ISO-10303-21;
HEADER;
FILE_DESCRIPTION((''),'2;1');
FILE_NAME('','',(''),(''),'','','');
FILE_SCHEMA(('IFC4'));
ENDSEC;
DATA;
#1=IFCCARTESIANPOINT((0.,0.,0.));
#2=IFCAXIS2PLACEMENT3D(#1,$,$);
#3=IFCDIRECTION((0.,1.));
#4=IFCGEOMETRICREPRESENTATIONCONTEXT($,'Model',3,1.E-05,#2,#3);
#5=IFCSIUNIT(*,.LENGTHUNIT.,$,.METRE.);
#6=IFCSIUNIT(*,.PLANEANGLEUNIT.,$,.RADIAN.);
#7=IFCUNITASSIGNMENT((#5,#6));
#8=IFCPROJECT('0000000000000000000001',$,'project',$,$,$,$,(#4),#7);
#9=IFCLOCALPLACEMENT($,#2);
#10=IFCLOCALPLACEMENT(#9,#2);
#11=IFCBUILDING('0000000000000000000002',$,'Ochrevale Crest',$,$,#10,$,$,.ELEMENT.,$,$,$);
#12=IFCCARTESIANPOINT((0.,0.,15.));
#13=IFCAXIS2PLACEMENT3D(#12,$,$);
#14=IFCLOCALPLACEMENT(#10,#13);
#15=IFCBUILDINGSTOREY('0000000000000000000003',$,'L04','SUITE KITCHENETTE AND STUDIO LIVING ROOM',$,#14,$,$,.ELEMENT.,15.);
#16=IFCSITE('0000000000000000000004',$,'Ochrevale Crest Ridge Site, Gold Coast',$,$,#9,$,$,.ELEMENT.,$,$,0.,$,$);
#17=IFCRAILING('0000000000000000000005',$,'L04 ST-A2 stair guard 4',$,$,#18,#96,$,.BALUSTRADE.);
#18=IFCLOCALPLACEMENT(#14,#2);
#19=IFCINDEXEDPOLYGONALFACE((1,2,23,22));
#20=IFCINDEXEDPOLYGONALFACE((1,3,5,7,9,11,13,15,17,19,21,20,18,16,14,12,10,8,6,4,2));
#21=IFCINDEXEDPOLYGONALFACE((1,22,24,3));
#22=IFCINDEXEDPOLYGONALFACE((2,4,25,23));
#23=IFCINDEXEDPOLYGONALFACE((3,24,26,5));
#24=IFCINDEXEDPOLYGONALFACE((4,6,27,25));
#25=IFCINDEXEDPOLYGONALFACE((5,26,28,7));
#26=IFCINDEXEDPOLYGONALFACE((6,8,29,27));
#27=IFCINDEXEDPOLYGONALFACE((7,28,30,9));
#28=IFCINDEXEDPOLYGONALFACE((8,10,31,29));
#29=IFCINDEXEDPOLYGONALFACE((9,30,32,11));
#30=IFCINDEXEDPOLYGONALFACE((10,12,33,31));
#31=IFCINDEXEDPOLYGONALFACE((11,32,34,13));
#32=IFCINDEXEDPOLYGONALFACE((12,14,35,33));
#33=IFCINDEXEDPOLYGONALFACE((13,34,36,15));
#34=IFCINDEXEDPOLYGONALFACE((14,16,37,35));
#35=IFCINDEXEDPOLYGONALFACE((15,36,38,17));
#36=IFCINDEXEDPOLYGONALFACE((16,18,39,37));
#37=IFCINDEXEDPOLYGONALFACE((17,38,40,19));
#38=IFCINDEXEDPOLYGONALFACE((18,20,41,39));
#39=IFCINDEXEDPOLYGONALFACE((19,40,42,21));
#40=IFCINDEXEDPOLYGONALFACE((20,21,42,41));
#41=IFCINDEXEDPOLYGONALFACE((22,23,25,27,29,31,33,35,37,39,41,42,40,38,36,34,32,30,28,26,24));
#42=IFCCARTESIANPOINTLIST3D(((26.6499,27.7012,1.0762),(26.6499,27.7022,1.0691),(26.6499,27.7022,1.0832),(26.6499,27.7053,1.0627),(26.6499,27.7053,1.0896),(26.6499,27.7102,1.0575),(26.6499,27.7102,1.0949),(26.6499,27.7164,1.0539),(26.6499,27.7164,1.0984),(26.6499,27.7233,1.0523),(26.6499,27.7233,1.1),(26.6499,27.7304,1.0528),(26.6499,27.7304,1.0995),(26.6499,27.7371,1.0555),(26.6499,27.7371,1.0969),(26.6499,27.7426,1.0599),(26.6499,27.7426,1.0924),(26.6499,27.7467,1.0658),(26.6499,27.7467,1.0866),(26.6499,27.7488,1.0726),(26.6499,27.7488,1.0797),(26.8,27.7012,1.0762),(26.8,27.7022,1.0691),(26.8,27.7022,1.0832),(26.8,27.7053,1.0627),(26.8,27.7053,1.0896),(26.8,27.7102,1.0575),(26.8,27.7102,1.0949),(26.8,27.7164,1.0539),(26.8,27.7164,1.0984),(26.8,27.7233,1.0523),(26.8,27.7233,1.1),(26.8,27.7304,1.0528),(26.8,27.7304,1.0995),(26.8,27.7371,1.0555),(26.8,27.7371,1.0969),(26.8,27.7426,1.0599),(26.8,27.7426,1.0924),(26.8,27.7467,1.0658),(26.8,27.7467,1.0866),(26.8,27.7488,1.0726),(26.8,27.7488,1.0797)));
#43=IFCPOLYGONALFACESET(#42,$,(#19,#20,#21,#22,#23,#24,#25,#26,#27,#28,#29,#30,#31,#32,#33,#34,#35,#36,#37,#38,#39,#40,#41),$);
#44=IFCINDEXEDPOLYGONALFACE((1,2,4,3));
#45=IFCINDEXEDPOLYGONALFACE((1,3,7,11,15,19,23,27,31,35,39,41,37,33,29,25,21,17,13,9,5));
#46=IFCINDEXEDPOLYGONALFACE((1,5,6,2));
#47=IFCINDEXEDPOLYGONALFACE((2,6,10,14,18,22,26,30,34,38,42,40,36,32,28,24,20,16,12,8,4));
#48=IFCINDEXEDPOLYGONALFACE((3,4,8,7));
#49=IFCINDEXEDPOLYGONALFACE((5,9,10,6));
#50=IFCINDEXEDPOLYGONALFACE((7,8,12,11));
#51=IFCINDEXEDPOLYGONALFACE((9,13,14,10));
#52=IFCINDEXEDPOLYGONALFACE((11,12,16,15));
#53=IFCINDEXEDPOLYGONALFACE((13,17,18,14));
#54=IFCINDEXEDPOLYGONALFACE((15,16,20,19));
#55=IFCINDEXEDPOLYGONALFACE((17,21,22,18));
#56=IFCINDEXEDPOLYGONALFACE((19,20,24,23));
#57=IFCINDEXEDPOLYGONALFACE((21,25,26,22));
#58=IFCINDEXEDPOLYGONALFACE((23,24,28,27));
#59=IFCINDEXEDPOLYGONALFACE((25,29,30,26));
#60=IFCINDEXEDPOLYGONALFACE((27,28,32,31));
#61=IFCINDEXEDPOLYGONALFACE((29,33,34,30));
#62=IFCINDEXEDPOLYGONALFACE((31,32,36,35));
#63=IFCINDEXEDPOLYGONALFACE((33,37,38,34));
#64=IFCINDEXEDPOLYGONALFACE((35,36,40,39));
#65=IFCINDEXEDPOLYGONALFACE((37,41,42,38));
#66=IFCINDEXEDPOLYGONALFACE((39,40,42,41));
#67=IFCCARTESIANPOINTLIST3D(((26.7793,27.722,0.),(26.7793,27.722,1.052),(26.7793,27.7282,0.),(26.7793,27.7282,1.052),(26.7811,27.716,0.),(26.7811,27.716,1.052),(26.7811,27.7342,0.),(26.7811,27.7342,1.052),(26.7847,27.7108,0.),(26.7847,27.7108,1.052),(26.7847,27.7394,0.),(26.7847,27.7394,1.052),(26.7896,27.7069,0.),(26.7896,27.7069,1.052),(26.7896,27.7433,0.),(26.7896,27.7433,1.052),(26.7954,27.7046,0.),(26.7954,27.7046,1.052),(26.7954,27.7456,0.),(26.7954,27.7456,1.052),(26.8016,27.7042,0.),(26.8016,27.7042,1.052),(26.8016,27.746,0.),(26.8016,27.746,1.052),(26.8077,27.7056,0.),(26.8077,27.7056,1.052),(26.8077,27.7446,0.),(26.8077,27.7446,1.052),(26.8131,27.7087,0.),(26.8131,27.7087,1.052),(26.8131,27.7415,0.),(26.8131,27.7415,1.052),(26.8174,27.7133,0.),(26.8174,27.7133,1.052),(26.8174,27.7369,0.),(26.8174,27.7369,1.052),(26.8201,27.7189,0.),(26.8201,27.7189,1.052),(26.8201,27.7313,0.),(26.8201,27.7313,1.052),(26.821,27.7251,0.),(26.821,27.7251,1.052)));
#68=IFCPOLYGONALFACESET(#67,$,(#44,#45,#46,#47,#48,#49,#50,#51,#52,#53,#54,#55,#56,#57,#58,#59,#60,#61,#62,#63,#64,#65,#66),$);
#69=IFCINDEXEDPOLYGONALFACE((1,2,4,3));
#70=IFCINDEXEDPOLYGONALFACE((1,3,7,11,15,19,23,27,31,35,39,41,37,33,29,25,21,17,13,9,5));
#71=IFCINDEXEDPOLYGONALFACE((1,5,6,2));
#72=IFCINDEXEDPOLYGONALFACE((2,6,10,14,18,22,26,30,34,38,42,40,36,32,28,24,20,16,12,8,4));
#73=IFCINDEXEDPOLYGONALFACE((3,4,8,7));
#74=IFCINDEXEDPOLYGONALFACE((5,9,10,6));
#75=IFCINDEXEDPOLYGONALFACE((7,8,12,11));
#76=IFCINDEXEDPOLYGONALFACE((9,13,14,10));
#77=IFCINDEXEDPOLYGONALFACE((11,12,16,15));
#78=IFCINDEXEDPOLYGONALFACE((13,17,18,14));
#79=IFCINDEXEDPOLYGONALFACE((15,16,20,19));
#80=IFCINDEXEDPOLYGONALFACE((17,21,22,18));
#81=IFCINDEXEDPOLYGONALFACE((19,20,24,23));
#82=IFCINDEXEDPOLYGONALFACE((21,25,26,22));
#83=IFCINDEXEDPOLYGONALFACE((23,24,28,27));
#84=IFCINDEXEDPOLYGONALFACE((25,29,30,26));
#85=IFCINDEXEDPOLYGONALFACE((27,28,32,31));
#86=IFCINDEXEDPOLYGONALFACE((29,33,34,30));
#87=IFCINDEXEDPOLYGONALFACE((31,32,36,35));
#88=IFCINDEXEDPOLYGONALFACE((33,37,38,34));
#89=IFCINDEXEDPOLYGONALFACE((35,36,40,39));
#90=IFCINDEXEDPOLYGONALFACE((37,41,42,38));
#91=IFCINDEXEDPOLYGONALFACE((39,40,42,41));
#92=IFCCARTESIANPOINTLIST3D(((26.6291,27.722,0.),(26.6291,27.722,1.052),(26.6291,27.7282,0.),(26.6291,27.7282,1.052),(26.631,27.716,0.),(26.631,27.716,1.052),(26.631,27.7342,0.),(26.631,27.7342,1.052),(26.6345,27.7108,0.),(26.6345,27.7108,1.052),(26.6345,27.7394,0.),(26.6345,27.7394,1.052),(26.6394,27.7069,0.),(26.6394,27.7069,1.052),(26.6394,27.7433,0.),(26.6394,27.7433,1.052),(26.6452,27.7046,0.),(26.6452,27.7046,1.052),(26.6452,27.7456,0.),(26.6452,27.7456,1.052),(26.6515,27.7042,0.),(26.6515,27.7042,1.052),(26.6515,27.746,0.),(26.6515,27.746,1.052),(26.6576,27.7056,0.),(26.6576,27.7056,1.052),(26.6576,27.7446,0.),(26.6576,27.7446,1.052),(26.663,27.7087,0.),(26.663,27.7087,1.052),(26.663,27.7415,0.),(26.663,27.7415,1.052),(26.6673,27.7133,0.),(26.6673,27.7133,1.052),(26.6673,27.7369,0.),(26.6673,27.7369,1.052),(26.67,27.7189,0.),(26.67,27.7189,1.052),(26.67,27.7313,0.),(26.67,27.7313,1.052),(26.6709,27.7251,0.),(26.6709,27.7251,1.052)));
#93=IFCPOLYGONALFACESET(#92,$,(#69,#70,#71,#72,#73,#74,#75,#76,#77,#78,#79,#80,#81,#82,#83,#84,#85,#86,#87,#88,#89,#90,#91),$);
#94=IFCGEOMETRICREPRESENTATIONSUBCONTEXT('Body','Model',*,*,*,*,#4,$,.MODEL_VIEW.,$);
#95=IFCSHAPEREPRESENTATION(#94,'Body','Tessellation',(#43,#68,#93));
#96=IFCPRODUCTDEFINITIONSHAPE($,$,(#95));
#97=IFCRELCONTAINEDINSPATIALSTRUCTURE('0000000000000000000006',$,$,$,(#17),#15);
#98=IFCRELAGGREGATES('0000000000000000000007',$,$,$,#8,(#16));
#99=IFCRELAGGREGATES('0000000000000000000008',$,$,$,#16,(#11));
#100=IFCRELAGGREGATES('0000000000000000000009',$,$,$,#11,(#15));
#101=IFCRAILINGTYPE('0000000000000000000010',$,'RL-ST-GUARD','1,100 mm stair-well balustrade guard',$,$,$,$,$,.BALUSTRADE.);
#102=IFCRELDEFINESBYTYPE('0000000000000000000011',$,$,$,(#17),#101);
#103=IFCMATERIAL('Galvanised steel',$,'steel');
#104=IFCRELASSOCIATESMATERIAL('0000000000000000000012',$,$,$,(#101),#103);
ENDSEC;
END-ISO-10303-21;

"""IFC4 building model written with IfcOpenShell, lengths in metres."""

from ifc_helpers import new_model, si_unit, direction, frame, origin, origin_2d, place, context, subcontext, project, spatial, circle, extrude, material, type_object, element, save


model = new_model("IFC4")

# Units and contexts
model_context = context("Model", 3, precision=1e-05, world=origin(), true_north=direction((0.0, 1.0)))
body_context = subcontext(model_context, "Body", "Model", "MODEL_VIEW")
ifc_project = project(units=[si_unit("LENGTHUNIT", "METRE"), si_unit("PLANEANGLEUNIT", "RADIAN")], contexts=[model_context])

# Site, building, storey
site_placement = place(None, origin())
site = spatial("IfcSite", under=ifc_project, at=site_placement, Name="Ochrevale Crest Ridge Site, Gold Coast", CompositionType="ELEMENT", RefElevation=0.0)
building_placement = place(site_placement, origin())
building = spatial("IfcBuilding", under=site, at=building_placement, Name="Ochrevale Crest", CompositionType="ELEMENT")
storey_placement = place(building_placement, frame((0.0, 0.0, 15.0)))
storey = spatial("IfcBuildingStorey", under=building, at=storey_placement, Name="L04", Description="SUITE KITCHENETTE AND STUDIO LIVING ROOM", CompositionType="ELEMENT", Elevation=15.0)

# Railing
ifc_material_1 = material(Name="Galvanised steel", Category="steel")
railing_type = type_object("IfcRailingType", Name="RL-ST-GUARD", Description="1,100 mm stair-well balustrade guard", PredefinedType="BALUSTRADE", material=ifc_material_1)
railing_1_placement = place(storey_placement, frame((26.8, 27.7251, 0.0)))
element("IfcRailing", 1, at=railing_1_placement, inside=storey, type_object=railing_type, Name="L04 ST-A2 stair guard 4", PredefinedType="BALUSTRADE", context=body_context, shape_type="SweptSolid", body=[
    extrude(circle(Radius=0.0239, at=origin_2d()), frame((0.0, 0.0, 1.0762), z_axis=(-1.0, 0.0, 0.0), x_axis=(0.0, -1.0, 0.0)), (0.0, 0.0, 1.0), 0.1501),
    extrude(circle(Radius=0.021, at=origin_2d()), origin(), (0.0, 0.0, 1.0), 1.052),
    extrude(circle(Radius=0.021, at=origin_2d()), frame((-0.1501, 0.0, 0.0)), (0.0, 0.0, 1.0), 1.052),
])

save(model, "model.ifc")
